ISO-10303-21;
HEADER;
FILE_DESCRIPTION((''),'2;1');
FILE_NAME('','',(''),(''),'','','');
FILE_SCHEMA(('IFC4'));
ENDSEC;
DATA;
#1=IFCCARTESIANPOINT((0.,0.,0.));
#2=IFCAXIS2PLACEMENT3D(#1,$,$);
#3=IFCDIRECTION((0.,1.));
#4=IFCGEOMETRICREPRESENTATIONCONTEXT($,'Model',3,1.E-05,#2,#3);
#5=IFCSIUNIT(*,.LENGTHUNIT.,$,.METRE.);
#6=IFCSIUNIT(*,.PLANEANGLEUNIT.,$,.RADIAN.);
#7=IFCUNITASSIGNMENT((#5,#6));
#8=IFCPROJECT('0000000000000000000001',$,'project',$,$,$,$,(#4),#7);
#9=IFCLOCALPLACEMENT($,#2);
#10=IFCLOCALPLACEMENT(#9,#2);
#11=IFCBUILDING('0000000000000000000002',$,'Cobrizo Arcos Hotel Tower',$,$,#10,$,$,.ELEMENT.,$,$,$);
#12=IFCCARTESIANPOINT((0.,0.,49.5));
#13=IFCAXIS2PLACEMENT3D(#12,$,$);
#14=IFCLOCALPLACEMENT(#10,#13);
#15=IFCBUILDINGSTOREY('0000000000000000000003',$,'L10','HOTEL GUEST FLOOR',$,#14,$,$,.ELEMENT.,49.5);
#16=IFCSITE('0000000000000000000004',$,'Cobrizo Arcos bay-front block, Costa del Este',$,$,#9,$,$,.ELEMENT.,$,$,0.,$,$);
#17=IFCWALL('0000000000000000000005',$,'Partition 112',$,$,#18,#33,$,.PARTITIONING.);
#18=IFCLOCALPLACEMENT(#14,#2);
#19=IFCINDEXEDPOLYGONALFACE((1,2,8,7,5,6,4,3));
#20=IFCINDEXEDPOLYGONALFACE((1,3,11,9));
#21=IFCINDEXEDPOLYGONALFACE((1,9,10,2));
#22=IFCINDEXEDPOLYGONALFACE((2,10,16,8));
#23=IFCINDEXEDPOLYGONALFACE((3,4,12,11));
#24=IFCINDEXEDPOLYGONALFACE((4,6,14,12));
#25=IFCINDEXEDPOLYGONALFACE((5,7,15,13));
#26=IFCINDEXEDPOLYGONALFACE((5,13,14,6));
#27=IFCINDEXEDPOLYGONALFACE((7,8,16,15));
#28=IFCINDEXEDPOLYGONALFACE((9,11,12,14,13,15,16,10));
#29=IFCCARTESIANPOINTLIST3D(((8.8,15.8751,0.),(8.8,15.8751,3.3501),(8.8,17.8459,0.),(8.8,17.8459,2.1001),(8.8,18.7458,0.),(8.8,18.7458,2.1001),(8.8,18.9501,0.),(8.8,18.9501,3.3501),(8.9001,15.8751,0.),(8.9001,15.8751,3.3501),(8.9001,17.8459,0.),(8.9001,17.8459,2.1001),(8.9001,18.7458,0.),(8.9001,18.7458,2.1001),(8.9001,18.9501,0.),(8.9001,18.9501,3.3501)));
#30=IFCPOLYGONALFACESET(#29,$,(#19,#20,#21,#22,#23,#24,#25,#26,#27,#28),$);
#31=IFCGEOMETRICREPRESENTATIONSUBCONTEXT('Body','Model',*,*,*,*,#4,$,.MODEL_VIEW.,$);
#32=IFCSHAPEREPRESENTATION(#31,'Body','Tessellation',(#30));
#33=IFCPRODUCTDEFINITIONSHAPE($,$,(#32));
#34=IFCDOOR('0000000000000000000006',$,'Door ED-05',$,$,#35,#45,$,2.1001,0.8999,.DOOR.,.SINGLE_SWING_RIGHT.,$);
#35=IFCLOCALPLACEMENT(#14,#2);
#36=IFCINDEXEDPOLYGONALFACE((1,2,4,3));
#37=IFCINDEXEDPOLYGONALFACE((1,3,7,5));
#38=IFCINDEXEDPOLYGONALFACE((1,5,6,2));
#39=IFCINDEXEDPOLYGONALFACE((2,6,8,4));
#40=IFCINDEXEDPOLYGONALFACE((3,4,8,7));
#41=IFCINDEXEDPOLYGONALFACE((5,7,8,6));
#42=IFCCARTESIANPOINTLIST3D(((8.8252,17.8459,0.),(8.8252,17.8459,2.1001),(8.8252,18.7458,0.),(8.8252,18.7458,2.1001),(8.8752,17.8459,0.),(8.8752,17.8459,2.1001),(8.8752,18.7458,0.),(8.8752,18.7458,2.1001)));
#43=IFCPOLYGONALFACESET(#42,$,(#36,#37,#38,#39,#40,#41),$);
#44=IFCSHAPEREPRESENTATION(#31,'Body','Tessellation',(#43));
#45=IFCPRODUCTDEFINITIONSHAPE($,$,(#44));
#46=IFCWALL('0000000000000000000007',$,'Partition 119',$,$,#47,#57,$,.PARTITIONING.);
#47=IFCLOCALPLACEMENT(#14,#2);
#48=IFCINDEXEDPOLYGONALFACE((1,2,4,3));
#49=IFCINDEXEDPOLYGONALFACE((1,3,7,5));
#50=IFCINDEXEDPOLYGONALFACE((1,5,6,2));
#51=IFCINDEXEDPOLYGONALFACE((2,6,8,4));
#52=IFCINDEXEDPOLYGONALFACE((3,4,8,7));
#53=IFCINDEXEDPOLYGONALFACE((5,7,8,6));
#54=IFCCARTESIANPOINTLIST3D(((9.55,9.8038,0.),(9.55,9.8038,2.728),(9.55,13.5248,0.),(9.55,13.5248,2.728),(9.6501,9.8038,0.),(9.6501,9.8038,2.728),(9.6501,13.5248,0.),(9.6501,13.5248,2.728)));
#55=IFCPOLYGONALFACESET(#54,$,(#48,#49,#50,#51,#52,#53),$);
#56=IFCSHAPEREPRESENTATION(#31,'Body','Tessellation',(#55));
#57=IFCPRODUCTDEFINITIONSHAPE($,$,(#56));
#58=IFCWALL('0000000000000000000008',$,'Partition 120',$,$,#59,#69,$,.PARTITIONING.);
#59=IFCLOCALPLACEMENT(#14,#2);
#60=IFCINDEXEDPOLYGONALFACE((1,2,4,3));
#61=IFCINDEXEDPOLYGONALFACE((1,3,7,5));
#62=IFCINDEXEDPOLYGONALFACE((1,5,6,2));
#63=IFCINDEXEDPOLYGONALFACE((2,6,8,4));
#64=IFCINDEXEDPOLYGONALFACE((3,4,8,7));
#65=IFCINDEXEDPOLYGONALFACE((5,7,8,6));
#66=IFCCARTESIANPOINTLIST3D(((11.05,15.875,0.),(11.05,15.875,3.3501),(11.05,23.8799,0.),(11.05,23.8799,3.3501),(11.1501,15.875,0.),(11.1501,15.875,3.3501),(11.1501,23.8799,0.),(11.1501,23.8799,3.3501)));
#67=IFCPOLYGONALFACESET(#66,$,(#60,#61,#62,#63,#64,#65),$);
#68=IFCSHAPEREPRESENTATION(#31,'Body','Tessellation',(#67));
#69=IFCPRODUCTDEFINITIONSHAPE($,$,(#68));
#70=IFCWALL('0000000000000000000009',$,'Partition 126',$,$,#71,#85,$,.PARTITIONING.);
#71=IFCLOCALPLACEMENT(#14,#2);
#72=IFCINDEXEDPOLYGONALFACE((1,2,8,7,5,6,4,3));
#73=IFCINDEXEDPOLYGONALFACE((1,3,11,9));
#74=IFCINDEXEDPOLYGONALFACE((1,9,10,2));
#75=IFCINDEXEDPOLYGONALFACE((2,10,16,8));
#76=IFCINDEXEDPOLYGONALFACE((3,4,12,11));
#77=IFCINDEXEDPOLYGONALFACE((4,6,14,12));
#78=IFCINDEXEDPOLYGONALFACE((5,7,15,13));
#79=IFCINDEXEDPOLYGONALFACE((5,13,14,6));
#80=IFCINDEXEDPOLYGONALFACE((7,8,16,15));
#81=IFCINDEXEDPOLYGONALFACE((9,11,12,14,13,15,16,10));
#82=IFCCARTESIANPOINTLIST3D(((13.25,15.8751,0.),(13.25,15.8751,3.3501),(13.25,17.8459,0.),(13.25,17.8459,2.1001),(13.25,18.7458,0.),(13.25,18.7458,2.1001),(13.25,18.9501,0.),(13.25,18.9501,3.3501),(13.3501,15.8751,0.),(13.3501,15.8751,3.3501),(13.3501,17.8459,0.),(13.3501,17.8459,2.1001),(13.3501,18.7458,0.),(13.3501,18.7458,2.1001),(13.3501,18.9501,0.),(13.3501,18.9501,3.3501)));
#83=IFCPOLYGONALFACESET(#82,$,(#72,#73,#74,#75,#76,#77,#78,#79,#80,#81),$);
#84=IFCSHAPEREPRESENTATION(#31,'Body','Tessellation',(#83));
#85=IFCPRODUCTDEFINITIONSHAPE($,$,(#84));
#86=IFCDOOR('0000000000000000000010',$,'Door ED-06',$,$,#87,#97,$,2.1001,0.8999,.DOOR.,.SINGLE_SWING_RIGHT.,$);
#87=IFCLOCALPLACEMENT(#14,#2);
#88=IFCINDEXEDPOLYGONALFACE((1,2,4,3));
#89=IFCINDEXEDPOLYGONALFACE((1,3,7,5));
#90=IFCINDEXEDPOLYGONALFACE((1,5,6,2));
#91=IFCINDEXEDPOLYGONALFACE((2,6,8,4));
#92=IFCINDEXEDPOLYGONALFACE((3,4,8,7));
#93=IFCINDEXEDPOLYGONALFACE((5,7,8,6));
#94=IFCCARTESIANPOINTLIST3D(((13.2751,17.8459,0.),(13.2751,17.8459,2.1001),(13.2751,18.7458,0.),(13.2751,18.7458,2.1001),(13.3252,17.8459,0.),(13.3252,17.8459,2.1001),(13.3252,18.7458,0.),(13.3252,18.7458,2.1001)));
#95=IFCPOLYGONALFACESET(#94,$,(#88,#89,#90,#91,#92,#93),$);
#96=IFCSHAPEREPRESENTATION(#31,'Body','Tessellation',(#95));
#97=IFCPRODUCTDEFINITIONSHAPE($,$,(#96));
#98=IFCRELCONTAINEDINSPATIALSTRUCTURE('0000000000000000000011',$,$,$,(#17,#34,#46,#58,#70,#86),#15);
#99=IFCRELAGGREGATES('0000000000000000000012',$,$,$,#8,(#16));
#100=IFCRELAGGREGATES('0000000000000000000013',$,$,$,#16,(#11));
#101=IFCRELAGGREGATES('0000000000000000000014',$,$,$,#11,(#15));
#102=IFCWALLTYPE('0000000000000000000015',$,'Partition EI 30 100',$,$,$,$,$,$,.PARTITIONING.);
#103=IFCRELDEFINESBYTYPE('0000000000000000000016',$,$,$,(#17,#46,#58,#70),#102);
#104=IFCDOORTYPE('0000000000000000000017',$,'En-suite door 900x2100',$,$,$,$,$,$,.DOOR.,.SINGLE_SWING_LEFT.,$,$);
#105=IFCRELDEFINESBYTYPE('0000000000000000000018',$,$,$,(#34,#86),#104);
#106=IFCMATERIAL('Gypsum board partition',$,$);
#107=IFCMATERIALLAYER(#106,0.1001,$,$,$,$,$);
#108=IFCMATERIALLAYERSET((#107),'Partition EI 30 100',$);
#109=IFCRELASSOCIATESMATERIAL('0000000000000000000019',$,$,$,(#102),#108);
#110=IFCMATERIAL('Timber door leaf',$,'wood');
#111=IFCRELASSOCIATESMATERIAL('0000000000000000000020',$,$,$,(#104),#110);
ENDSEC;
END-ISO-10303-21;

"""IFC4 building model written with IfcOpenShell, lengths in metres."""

from ifc_helpers import new_model, si_unit, direction, frame, frame_2d, origin, place, context, subcontext, project, spatial, rectangle, extrude, material, layer, layer_set, type_object, element, fill, save


model = new_model("IFC4")

# Units and contexts
model_context = context("Model", 3, precision=1e-05, world=origin(), true_north=direction((0.0, 1.0)))
body_context = subcontext(model_context, "Body", "Model", "MODEL_VIEW")
ifc_project = project(units=[si_unit("LENGTHUNIT", "METRE"), si_unit("PLANEANGLEUNIT", "RADIAN")], contexts=[model_context])

# Site, building, storey
site_placement = place(None, origin())
site = spatial("IfcSite", under=ifc_project, at=site_placement, Name="Cobrizo Arcos bay-front block, Costa del Este", CompositionType="ELEMENT", RefElevation=0.0)
building_placement = place(site_placement, origin())
building = spatial("IfcBuilding", under=site, at=building_placement, Name="Cobrizo Arcos Hotel Tower", CompositionType="ELEMENT")
storey_placement = place(building_placement, frame((0.0, 0.0, 49.5)))
storey = spatial("IfcBuildingStorey", under=building, at=storey_placement, Name="L10", Description="HOTEL GUEST FLOOR", CompositionType="ELEMENT", Elevation=49.5)

# Shared definitions
ifc_material_1 = material(Name="Gypsum board partition")
ifc_layer_1 = layer(ifc_material_1, 0.1001)
ifc_layer_set_1 = layer_set([ifc_layer_1], Name="Partition EI 30 100")
wall_type_1 = type_object("IfcWallType", Name="Partition EI 30 100", PredefinedType="PARTITIONING", material=ifc_layer_set_1)

# Shared definitions
ifc_material_2 = material(Name="Timber door leaf", Category="wood")
door_type = type_object("IfcDoorType", Name="En-suite door 900x2100", OperationType="SINGLE_SWING_LEFT", PredefinedType="DOOR", material=ifc_material_2)

# Wall, opening, door
wall_1_placement = place(storey_placement, frame((8.8501, 15.875, 0.0), z_axis=(0.0, 0.0, 1.0), x_axis=(0.0, 1.0, 0.0)))
wall_1 = element("IfcWall", 1, at=wall_1_placement, inside=storey, type_object=wall_type_1, Name="Partition 112", PredefinedType="PARTITIONING", context=body_context, shape_type="SweptSolid", body=[
    extrude(rectangle(XDim=3.075, YDim=0.1001, at=frame_2d((1.5376, 0.0))), origin(), (0.0, 0.0, 1.0), 3.3501),
])
opening_1_placement = place(wall_1_placement, frame((1.9709, 0.0, 0.0)))
opening_1 = element("IfcOpeningElement", 2, at=opening_1_placement, cuts=wall_1, PredefinedType="OPENING", context=body_context, shape_type="SweptSolid", body=[
    extrude(rectangle(XDim=0.8999, YDim=2.1001, at=frame_2d((0.45, 1.05))), frame((0.0, 0.062, 0.0), z_axis=(0.0, -1.0, 0.0), x_axis=(1.0, 0.0, 0.0)), (0.0, 0.0, 1.0), 0.124),
])
door_1_placement = place(opening_1_placement, origin())
door_1 = element("IfcDoor", 3, at=door_1_placement, inside=storey, type_object=door_type, Name="Door ED-05", OperationType="SINGLE_SWING_RIGHT", OverallHeight=2.1001, OverallWidth=0.8999, PredefinedType="DOOR", context=body_context, shape_type="SweptSolid", body=[
    extrude(rectangle(XDim=0.8999, YDim=2.1001, at=frame_2d((0.45, 1.05))), frame((0.0, 0.0249, 0.0), z_axis=(0.0, -1.0, 0.0), x_axis=(1.0, 0.0, 0.0)), (0.0, 0.0, 1.0), 0.05),
])
fill(opening_1, door_1)

# Walls
wall_2_placement = place(storey_placement, frame((9.6001, 9.804, 0.0), z_axis=(0.0, 0.0, 1.0), x_axis=(0.0, 1.0, 0.0)))
element("IfcWall", 4, at=wall_2_placement, inside=storey, type_object=wall_type_1, Name="Partition 119", PredefinedType="PARTITIONING", context=body_context, shape_type="SweptSolid", body=[
    extrude(rectangle(XDim=3.7209, YDim=0.1001, at=frame_2d((1.8604, 0.0))), origin(), (0.0, 0.0, 1.0), 2.728),
])
wall_3_placement = place(storey_placement, frame((11.1001, 15.875, 0.0), z_axis=(0.0, 0.0, 1.0), x_axis=(0.0, 1.0, 0.0)))
element("IfcWall", 5, at=wall_3_placement, inside=storey, type_object=wall_type_1, Name="Partition 120", PredefinedType="PARTITIONING", context=body_context, shape_type="SweptSolid", body=[
    extrude(rectangle(XDim=8.0049, YDim=0.1001, at=frame_2d((4.0024, 0.0))), origin(), (0.0, 0.0, 1.0), 3.3501),
])

# Wall, opening, door
wall_4_placement = place(storey_placement, frame((13.3, 15.875, 0.0), z_axis=(0.0, 0.0, 1.0), x_axis=(0.0, 1.0, 0.0)))
wall_4 = element("IfcWall", 6, at=wall_4_placement, inside=storey, type_object=wall_type_1, Name="Partition 126", PredefinedType="PARTITIONING", context=body_context, shape_type="SweptSolid", body=[
    extrude(rectangle(XDim=3.075, YDim=0.1001, at=frame_2d((1.5376, 0.0))), origin(), (0.0, 0.0, 1.0), 3.3501),
])
opening_2_placement = place(wall_4_placement, frame((1.9709, 0.0, 0.0)))
opening_2 = element("IfcOpeningElement", 7, at=opening_2_placement, cuts=wall_4, PredefinedType="OPENING", context=body_context, shape_type="SweptSolid", body=[
    extrude(rectangle(XDim=0.8999, YDim=2.1001, at=frame_2d((0.45, 1.05))), frame((0.0, 0.062, 0.0), z_axis=(0.0, -1.0, 0.0), x_axis=(1.0, 0.0, 0.0)), (0.0, 0.0, 1.0), 0.124),
])
door_2_placement = place(opening_2_placement, origin())
door_2 = element("IfcDoor", 8, at=door_2_placement, inside=storey, type_object=door_type, Name="Door ED-06", OperationType="SINGLE_SWING_RIGHT", OverallHeight=2.1001, OverallWidth=0.8999, PredefinedType="DOOR", context=body_context, shape_type="SweptSolid", body=[
    extrude(rectangle(XDim=0.8999, YDim=2.1001, at=frame_2d((0.45, 1.05))), frame((0.0, 0.0249, 0.0), z_axis=(0.0, -1.0, 0.0), x_axis=(1.0, 0.0, 0.0)), (0.0, 0.0, 1.0), 0.05),
])
fill(opening_2, door_2)

save(model, "model.ifc")
